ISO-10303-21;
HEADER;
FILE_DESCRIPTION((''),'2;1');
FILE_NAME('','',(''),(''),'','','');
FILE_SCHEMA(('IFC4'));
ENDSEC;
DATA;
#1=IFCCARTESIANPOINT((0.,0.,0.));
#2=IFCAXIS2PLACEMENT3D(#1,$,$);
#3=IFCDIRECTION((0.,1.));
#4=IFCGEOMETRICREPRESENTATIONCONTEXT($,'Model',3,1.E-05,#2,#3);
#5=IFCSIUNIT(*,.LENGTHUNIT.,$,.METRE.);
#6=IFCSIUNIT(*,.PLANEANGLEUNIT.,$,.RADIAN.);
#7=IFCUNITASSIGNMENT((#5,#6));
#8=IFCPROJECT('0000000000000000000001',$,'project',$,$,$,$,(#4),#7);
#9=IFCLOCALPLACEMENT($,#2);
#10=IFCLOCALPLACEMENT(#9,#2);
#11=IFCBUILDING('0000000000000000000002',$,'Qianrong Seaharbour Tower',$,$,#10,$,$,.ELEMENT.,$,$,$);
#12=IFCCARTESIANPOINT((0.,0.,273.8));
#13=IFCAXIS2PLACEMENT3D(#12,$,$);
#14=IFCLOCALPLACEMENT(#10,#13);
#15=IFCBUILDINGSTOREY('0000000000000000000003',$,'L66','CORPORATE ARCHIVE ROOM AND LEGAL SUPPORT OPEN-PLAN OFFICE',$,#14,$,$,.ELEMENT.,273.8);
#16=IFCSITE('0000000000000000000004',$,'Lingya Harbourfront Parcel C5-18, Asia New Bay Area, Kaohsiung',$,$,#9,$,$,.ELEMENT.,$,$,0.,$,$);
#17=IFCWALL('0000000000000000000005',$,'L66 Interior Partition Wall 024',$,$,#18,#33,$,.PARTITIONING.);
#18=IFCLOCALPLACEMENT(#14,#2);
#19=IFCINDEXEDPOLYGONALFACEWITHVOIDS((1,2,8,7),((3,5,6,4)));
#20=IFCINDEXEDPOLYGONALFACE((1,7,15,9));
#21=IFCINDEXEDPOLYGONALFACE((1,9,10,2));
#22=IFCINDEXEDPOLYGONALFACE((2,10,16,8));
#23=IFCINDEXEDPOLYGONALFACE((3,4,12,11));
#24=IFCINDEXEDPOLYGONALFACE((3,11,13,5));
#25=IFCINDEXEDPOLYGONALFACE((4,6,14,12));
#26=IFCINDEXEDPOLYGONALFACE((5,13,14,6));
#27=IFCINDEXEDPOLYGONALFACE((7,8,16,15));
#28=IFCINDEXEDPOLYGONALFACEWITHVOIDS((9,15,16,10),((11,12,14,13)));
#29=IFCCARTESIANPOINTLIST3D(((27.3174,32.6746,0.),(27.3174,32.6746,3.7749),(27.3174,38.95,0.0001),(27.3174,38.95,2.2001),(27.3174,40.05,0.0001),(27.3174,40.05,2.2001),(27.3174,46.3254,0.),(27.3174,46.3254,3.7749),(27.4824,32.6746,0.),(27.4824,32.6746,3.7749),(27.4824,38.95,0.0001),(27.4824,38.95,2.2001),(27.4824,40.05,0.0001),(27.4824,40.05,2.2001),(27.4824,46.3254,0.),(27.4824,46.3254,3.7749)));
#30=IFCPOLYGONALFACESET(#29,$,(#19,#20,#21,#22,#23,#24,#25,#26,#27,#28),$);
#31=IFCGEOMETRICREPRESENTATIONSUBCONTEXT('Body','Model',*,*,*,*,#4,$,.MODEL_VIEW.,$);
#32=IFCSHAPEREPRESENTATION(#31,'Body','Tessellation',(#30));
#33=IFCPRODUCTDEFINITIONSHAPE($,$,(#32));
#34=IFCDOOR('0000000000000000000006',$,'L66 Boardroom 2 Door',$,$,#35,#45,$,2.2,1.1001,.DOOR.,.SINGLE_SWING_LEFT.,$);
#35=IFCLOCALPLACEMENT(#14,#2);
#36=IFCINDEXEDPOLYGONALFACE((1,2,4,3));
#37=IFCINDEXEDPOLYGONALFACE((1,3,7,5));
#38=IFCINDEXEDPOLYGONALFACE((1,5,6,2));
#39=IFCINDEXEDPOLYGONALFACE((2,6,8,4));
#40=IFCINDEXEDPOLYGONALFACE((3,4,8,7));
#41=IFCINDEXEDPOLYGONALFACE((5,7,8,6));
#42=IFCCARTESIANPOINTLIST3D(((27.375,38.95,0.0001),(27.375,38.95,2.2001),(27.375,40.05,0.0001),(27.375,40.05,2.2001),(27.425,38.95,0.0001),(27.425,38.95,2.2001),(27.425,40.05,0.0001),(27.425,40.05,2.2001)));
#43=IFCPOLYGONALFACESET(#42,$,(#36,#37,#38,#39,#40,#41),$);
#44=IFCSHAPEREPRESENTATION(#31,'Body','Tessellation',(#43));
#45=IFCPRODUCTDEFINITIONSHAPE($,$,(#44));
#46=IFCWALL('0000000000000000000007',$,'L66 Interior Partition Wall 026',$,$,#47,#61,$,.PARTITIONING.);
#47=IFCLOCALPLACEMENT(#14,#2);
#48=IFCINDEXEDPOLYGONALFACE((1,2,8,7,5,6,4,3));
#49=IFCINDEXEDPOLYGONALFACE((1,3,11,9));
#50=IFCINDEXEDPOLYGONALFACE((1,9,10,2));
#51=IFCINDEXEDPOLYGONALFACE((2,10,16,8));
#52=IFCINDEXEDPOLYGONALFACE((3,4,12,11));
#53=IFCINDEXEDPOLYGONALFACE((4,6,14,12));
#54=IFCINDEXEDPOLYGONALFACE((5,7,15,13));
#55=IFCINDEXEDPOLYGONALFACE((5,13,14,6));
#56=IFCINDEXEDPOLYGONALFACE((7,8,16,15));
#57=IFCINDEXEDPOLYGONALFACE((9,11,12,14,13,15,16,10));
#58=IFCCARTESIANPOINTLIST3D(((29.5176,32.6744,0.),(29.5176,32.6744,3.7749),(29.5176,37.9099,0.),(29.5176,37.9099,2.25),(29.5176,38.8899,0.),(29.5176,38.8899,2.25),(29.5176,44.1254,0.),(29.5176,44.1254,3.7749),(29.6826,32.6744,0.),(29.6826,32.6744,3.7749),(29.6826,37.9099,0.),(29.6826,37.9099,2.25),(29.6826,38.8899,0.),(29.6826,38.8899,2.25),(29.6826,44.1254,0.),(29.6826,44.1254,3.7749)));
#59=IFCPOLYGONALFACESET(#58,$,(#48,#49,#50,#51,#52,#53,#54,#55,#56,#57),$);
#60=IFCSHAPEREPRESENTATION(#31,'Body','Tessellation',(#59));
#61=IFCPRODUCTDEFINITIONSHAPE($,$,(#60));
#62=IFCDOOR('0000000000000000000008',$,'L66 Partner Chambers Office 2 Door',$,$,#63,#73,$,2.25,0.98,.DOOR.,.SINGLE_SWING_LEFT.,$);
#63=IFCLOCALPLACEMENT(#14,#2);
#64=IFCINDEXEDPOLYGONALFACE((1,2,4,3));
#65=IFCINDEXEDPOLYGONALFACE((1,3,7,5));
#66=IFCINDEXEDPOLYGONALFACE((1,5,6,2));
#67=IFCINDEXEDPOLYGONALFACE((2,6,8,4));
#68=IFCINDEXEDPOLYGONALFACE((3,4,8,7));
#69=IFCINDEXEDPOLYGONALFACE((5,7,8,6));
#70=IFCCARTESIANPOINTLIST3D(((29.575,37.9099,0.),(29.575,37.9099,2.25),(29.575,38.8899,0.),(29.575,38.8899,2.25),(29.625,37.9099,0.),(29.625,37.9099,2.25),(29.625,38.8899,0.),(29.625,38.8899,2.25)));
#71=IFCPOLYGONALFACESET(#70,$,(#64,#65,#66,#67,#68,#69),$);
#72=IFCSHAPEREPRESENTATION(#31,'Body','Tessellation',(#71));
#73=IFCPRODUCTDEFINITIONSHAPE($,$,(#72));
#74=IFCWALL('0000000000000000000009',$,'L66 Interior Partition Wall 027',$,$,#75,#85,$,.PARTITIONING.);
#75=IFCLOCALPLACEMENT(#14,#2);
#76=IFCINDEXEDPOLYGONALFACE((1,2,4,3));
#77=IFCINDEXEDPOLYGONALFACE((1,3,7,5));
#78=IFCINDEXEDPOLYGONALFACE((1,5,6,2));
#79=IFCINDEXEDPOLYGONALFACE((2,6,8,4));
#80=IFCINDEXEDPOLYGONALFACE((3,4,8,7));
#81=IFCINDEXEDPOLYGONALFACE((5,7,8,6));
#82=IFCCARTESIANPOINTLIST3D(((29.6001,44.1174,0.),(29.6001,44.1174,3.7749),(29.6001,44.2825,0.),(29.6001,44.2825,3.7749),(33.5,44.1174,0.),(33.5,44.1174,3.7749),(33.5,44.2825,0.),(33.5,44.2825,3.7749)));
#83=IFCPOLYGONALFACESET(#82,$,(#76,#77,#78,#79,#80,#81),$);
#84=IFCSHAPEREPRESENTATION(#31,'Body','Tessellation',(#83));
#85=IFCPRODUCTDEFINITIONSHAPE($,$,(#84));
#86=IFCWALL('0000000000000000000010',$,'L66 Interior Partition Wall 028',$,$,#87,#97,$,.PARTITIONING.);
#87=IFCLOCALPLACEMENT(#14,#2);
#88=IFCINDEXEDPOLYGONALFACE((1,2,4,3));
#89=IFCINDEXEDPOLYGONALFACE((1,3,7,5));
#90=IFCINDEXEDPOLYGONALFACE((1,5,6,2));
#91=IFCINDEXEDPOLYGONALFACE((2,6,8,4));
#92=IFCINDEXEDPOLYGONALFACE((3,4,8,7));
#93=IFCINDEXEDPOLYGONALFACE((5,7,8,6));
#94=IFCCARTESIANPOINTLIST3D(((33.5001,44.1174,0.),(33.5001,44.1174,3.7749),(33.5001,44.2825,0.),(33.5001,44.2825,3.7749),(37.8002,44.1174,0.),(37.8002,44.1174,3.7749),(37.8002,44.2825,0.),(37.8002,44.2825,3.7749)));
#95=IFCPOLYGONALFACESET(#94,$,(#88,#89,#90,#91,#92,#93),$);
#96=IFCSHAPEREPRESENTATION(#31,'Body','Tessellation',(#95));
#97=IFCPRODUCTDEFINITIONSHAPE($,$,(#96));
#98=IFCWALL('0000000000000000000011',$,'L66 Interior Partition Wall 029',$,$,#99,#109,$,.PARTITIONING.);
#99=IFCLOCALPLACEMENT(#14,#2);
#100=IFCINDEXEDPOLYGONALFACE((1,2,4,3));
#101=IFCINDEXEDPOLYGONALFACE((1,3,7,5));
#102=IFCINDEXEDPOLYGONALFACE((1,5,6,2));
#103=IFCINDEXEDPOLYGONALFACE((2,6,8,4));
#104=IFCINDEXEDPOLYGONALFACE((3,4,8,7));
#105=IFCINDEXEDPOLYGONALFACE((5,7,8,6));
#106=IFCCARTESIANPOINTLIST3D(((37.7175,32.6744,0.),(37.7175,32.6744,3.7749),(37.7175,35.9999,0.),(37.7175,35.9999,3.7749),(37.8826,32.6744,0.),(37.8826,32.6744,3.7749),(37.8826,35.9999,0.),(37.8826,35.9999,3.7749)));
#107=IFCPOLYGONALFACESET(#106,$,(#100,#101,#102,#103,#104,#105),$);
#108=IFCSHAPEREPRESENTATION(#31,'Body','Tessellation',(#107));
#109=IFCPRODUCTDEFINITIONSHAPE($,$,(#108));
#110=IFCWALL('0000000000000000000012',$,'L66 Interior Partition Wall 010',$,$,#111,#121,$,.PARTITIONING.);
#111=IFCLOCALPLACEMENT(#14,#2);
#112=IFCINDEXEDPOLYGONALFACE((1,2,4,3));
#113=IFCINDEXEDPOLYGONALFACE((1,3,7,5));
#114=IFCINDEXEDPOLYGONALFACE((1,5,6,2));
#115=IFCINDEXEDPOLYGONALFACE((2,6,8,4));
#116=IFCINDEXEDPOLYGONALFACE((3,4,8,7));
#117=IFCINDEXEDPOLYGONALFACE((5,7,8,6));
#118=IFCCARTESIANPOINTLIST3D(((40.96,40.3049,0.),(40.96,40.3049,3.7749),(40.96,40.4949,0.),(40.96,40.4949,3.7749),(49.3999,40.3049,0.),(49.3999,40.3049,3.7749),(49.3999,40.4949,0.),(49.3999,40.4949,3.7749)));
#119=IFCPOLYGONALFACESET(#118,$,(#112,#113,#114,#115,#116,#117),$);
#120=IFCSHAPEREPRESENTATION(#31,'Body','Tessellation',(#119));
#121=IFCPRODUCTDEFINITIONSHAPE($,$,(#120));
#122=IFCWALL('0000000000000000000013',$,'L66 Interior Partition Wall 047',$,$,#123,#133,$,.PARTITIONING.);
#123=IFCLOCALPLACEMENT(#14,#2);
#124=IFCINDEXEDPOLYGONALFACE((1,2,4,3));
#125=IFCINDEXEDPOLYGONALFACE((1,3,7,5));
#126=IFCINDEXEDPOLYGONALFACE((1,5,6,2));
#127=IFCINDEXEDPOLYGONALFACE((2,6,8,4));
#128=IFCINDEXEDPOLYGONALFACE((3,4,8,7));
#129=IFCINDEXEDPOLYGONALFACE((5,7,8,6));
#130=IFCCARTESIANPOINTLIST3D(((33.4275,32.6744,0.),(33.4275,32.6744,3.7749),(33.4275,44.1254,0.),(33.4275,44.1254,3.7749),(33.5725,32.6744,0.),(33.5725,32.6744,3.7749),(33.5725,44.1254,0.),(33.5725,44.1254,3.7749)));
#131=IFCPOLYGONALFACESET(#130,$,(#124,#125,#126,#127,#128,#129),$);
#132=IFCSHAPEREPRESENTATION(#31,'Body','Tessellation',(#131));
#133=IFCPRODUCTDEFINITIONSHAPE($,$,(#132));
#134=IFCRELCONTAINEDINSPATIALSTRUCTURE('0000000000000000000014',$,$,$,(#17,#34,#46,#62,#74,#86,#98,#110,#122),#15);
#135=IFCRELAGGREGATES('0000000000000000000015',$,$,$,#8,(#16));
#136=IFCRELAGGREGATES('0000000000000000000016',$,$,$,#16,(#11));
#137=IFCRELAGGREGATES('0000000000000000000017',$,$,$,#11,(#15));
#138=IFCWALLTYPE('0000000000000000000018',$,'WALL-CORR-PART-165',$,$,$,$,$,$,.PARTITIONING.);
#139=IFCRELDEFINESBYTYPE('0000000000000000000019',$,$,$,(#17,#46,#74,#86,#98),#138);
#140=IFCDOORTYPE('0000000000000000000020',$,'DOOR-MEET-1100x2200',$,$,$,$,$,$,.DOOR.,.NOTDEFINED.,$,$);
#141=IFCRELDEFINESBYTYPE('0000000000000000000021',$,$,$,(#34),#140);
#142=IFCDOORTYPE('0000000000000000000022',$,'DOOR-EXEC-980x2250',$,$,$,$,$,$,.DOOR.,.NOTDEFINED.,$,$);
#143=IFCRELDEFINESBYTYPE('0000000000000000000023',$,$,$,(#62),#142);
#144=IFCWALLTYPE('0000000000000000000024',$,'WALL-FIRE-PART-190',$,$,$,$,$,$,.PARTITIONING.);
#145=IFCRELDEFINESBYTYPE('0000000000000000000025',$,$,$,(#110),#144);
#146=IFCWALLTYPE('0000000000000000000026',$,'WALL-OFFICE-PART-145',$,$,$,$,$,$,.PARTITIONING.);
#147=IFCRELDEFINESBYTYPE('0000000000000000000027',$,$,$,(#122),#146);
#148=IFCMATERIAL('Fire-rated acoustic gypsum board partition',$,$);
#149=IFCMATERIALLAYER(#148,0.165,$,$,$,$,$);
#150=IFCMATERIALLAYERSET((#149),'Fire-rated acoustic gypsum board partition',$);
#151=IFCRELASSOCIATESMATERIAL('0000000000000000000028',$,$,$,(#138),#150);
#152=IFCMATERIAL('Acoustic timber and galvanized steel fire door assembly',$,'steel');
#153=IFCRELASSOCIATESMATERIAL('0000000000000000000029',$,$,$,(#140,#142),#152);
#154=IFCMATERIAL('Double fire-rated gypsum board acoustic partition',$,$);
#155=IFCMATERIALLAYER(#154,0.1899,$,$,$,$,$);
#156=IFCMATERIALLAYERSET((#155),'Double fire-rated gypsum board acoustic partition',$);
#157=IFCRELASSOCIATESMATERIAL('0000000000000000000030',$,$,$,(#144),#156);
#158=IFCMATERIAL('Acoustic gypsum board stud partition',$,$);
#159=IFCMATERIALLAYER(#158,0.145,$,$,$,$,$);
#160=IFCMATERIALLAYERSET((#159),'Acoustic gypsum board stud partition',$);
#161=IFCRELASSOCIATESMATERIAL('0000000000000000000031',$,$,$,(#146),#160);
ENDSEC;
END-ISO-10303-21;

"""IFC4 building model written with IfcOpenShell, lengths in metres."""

from ifc_helpers import new_model, si_unit, direction, frame, frame_2d, origin, place, context, subcontext, project, spatial, rectangle, extrude, material, layer, layer_set, type_object, element, fill, save


model = new_model("IFC4")

# Units and contexts
model_context = context("Model", 3, precision=1e-05, world=origin(), true_north=direction((0.0, 1.0)))
body_context = subcontext(model_context, "Body", "Model", "MODEL_VIEW")
ifc_project = project(units=[si_unit("LENGTHUNIT", "METRE"), si_unit("PLANEANGLEUNIT", "RADIAN")], contexts=[model_context])

# Site, building, storey
site_placement = place(None, origin())
site = spatial("IfcSite", under=ifc_project, at=site_placement, Name="Lingya Harbourfront Parcel C5-18, Asia New Bay Area, Kaohsiung", CompositionType="ELEMENT", RefElevation=0.0)
building_placement = place(site_placement, origin())
building = spatial("IfcBuilding", under=site, at=building_placement, Name="Qianrong Seaharbour Tower", CompositionType="ELEMENT")
storey_placement = place(building_placement, frame((0.0, 0.0, 273.8)))
storey = spatial("IfcBuildingStorey", under=building, at=storey_placement, Name="L66", Description="CORPORATE ARCHIVE ROOM AND LEGAL SUPPORT OPEN-PLAN OFFICE", CompositionType="ELEMENT", Elevation=273.8)

# Walls, openings, doors
ifc_material_1 = material(Name="Fire-rated acoustic gypsum board partition")
ifc_layer_1 = layer(ifc_material_1, 0.165)
ifc_layer_set_1 = layer_set([ifc_layer_1], Name="Fire-rated acoustic gypsum board partition")
wall_type_1 = type_object("IfcWallType", Name="WALL-CORR-PART-165", PredefinedType="PARTITIONING", material=ifc_layer_set_1)
ifc_material_2 = material(Name="Acoustic timber and galvanized steel fire door assembly", Category="steel")
wall_1_placement = place(storey_placement, frame((27.3999, 32.6746, 0.0), z_axis=(0.0, 0.0, 1.0), x_axis=(0.0, 1.0, 0.0)))
wall_1 = element("IfcWall", 1, at=wall_1_placement, inside=storey, type_object=wall_type_1, Name="L66 Interior Partition Wall 024", PredefinedType="PARTITIONING", context=body_context, shape_type="SweptSolid", body=[
    extrude(rectangle(XDim=13.6509, YDim=0.165, at=frame_2d((6.8254, 0.0))), origin(), (0.0, 0.0, 1.0), 3.7749),
])
opening_1_placement = place(wall_1_placement, frame((6.2754, 0.0, 0.0)))
opening_1 = element("IfcOpeningElement", 2, at=opening_1_placement, cuts=wall_1, PredefinedType="OPENING", context=body_context, shape_type="SweptSolid", body=[
    extrude(rectangle(XDim=1.1001, YDim=2.2, at=frame_2d((0.55, 1.1001))), frame((0.0, 0.0925, 0.0), z_axis=(0.0, -1.0, 0.0), x_axis=(1.0, 0.0, 0.0)), (0.0, 0.0, 1.0), 0.1851),
])
door_type_1 = type_object("IfcDoorType", Name="DOOR-MEET-1100x2200", OperationType="NOTDEFINED", PredefinedType="DOOR", material=ifc_material_2)
door_1_placement = place(opening_1_placement, origin())
door_1 = element("IfcDoor", 3, at=door_1_placement, inside=storey, type_object=door_type_1, Name="L66 Boardroom 2 Door", OperationType="SINGLE_SWING_LEFT", OverallHeight=2.2, OverallWidth=1.1001, PredefinedType="DOOR", context=body_context, shape_type="SweptSolid", body=[
    extrude(rectangle(XDim=1.1001, YDim=2.2, at=frame_2d((0.55, 1.1001))), frame((0.0, 0.0249, 0.0), z_axis=(0.0, -1.0, 0.0), x_axis=(1.0, 0.0, 0.0)), (0.0, 0.0, 1.0), 0.05),
])
fill(opening_1, door_1)
wall_2_placement = place(storey_placement, frame((29.6001, 44.1255, 0.0), z_axis=(0.0, 0.0, 1.0), x_axis=(0.0, -1.0, 0.0)))
wall_2 = element("IfcWall", 4, at=wall_2_placement, inside=storey, type_object=wall_type_1, Name="L66 Interior Partition Wall 026", PredefinedType="PARTITIONING", context=body_context, shape_type="SweptSolid", body=[
    extrude(rectangle(XDim=11.4509, YDim=0.165, at=frame_2d((5.7256, 0.0))), origin(), (0.0, 0.0, 1.0), 3.7749),
])
opening_2_placement = place(wall_2_placement, frame((5.2356, 0.0, 0.0)))
opening_2 = element("IfcOpeningElement", 5, at=opening_2_placement, cuts=wall_2, PredefinedType="OPENING", context=body_context, shape_type="SweptSolid", body=[
    extrude(rectangle(XDim=0.98, YDim=2.25, at=frame_2d((0.49, 1.125))), frame((0.0, 0.0925, 0.0), z_axis=(0.0, -1.0, 0.0), x_axis=(1.0, 0.0, 0.0)), (0.0, 0.0, 1.0), 0.1851),
])
door_type_2 = type_object("IfcDoorType", Name="DOOR-EXEC-980x2250", OperationType="NOTDEFINED", PredefinedType="DOOR", material=ifc_material_2)
door_2_placement = place(opening_2_placement, origin())
door_2 = element("IfcDoor", 6, at=door_2_placement, inside=storey, type_object=door_type_2, Name="L66 Partner Chambers Office 2 Door", OperationType="SINGLE_SWING_LEFT", OverallHeight=2.25, OverallWidth=0.98, PredefinedType="DOOR", context=body_context, shape_type="SweptSolid", body=[
    extrude(rectangle(XDim=0.98, YDim=2.25, at=frame_2d((0.49, 1.125))), frame((0.0, 0.0249, 0.0), z_axis=(0.0, -1.0, 0.0), x_axis=(1.0, 0.0, 0.0)), (0.0, 0.0, 1.0), 0.05),
])
fill(opening_2, door_2)

# Walls
wall_3_placement = place(storey_placement, frame((33.5, 44.2, 0.0), z_axis=(0.0, 0.0, 1.0), x_axis=(-1.0, 0.0, 0.0)))
element("IfcWall", 7, at=wall_3_placement, inside=storey, type_object=wall_type_1, Name="L66 Interior Partition Wall 027", PredefinedType="PARTITIONING", context=body_context, shape_type="SweptSolid", body=[
    extrude(rectangle(XDim=3.8999, YDim=0.165, at=frame_2d((1.95, 0.0))), origin(), (0.0, 0.0, 1.0), 3.7749),
])
wall_4_placement = place(storey_placement, frame((37.8, 44.2, 0.0), z_axis=(0.0, 0.0, 1.0), x_axis=(-1.0, 0.0, 0.0)))
element("IfcWall", 8, at=wall_4_placement, inside=storey, type_object=wall_type_1, Name="L66 Interior Partition Wall 028", PredefinedType="PARTITIONING", context=body_context, shape_type="SweptSolid", body=[
    extrude(rectangle(XDim=4.3, YDim=0.165, at=frame_2d((2.1499, 0.0))), origin(), (0.0, 0.0, 1.0), 3.7749),
])
wall_5_placement = place(storey_placement, frame((37.8, 32.6746, 0.0), z_axis=(0.0, 0.0, 1.0), x_axis=(0.0, 1.0, 0.0)))
element("IfcWall", 9, at=wall_5_placement, inside=storey, type_object=wall_type_1, Name="L66 Interior Partition Wall 029", PredefinedType="PARTITIONING", context=body_context, shape_type="SweptSolid", body=[
    extrude(rectangle(XDim=3.3254, YDim=0.165, at=frame_2d((1.6626, 0.0))), origin(), (0.0, 0.0, 1.0), 3.7749),
])
ifc_material_3 = material(Name="Double fire-rated gypsum board acoustic partition")
ifc_layer_2 = layer(ifc_material_3, 0.1899)
ifc_layer_set_2 = layer_set([ifc_layer_2], Name="Double fire-rated gypsum board acoustic partition")
wall_type_2 = type_object("IfcWallType", Name="WALL-FIRE-PART-190", PredefinedType="PARTITIONING", material=ifc_layer_set_2)
wall_6_placement = place(storey_placement, frame((40.96, 40.3999, 0.0), z_axis=(0.0, 0.0, 1.0), x_axis=(1.0, 0.0, 0.0)))
element("IfcWall", 10, at=wall_6_placement, inside=storey, type_object=wall_type_2, Name="L66 Interior Partition Wall 010", PredefinedType="PARTITIONING", context=body_context, shape_type="SweptSolid", body=[
    extrude(rectangle(XDim=8.4399, YDim=0.1899, at=frame_2d((4.22, 0.0))), origin(), (0.0, 0.0, 1.0), 3.7749),
])
ifc_material_4 = material(Name="Acoustic gypsum board stud partition")
ifc_layer_3 = layer(ifc_material_4, 0.145)
ifc_layer_set_3 = layer_set([ifc_layer_3], Name="Acoustic gypsum board stud partition")
wall_type_3 = type_object("IfcWallType", Name="WALL-OFFICE-PART-145", PredefinedType="PARTITIONING", material=ifc_layer_set_3)
wall_7_placement = place(storey_placement, frame((33.5, 44.1255, 0.0), z_axis=(0.0, 0.0, 1.0), x_axis=(0.0, -1.0, 0.0)))
element("IfcWall", 11, at=wall_7_placement, inside=storey, type_object=wall_type_3, Name="L66 Interior Partition Wall 047", PredefinedType="PARTITIONING", context=body_context, shape_type="SweptSolid", body=[
    extrude(rectangle(XDim=11.4509, YDim=0.145, at=frame_2d((5.7256, 0.0))), origin(), (0.0, 0.0, 1.0), 3.7749),
])

save(model, "model.ifc")
